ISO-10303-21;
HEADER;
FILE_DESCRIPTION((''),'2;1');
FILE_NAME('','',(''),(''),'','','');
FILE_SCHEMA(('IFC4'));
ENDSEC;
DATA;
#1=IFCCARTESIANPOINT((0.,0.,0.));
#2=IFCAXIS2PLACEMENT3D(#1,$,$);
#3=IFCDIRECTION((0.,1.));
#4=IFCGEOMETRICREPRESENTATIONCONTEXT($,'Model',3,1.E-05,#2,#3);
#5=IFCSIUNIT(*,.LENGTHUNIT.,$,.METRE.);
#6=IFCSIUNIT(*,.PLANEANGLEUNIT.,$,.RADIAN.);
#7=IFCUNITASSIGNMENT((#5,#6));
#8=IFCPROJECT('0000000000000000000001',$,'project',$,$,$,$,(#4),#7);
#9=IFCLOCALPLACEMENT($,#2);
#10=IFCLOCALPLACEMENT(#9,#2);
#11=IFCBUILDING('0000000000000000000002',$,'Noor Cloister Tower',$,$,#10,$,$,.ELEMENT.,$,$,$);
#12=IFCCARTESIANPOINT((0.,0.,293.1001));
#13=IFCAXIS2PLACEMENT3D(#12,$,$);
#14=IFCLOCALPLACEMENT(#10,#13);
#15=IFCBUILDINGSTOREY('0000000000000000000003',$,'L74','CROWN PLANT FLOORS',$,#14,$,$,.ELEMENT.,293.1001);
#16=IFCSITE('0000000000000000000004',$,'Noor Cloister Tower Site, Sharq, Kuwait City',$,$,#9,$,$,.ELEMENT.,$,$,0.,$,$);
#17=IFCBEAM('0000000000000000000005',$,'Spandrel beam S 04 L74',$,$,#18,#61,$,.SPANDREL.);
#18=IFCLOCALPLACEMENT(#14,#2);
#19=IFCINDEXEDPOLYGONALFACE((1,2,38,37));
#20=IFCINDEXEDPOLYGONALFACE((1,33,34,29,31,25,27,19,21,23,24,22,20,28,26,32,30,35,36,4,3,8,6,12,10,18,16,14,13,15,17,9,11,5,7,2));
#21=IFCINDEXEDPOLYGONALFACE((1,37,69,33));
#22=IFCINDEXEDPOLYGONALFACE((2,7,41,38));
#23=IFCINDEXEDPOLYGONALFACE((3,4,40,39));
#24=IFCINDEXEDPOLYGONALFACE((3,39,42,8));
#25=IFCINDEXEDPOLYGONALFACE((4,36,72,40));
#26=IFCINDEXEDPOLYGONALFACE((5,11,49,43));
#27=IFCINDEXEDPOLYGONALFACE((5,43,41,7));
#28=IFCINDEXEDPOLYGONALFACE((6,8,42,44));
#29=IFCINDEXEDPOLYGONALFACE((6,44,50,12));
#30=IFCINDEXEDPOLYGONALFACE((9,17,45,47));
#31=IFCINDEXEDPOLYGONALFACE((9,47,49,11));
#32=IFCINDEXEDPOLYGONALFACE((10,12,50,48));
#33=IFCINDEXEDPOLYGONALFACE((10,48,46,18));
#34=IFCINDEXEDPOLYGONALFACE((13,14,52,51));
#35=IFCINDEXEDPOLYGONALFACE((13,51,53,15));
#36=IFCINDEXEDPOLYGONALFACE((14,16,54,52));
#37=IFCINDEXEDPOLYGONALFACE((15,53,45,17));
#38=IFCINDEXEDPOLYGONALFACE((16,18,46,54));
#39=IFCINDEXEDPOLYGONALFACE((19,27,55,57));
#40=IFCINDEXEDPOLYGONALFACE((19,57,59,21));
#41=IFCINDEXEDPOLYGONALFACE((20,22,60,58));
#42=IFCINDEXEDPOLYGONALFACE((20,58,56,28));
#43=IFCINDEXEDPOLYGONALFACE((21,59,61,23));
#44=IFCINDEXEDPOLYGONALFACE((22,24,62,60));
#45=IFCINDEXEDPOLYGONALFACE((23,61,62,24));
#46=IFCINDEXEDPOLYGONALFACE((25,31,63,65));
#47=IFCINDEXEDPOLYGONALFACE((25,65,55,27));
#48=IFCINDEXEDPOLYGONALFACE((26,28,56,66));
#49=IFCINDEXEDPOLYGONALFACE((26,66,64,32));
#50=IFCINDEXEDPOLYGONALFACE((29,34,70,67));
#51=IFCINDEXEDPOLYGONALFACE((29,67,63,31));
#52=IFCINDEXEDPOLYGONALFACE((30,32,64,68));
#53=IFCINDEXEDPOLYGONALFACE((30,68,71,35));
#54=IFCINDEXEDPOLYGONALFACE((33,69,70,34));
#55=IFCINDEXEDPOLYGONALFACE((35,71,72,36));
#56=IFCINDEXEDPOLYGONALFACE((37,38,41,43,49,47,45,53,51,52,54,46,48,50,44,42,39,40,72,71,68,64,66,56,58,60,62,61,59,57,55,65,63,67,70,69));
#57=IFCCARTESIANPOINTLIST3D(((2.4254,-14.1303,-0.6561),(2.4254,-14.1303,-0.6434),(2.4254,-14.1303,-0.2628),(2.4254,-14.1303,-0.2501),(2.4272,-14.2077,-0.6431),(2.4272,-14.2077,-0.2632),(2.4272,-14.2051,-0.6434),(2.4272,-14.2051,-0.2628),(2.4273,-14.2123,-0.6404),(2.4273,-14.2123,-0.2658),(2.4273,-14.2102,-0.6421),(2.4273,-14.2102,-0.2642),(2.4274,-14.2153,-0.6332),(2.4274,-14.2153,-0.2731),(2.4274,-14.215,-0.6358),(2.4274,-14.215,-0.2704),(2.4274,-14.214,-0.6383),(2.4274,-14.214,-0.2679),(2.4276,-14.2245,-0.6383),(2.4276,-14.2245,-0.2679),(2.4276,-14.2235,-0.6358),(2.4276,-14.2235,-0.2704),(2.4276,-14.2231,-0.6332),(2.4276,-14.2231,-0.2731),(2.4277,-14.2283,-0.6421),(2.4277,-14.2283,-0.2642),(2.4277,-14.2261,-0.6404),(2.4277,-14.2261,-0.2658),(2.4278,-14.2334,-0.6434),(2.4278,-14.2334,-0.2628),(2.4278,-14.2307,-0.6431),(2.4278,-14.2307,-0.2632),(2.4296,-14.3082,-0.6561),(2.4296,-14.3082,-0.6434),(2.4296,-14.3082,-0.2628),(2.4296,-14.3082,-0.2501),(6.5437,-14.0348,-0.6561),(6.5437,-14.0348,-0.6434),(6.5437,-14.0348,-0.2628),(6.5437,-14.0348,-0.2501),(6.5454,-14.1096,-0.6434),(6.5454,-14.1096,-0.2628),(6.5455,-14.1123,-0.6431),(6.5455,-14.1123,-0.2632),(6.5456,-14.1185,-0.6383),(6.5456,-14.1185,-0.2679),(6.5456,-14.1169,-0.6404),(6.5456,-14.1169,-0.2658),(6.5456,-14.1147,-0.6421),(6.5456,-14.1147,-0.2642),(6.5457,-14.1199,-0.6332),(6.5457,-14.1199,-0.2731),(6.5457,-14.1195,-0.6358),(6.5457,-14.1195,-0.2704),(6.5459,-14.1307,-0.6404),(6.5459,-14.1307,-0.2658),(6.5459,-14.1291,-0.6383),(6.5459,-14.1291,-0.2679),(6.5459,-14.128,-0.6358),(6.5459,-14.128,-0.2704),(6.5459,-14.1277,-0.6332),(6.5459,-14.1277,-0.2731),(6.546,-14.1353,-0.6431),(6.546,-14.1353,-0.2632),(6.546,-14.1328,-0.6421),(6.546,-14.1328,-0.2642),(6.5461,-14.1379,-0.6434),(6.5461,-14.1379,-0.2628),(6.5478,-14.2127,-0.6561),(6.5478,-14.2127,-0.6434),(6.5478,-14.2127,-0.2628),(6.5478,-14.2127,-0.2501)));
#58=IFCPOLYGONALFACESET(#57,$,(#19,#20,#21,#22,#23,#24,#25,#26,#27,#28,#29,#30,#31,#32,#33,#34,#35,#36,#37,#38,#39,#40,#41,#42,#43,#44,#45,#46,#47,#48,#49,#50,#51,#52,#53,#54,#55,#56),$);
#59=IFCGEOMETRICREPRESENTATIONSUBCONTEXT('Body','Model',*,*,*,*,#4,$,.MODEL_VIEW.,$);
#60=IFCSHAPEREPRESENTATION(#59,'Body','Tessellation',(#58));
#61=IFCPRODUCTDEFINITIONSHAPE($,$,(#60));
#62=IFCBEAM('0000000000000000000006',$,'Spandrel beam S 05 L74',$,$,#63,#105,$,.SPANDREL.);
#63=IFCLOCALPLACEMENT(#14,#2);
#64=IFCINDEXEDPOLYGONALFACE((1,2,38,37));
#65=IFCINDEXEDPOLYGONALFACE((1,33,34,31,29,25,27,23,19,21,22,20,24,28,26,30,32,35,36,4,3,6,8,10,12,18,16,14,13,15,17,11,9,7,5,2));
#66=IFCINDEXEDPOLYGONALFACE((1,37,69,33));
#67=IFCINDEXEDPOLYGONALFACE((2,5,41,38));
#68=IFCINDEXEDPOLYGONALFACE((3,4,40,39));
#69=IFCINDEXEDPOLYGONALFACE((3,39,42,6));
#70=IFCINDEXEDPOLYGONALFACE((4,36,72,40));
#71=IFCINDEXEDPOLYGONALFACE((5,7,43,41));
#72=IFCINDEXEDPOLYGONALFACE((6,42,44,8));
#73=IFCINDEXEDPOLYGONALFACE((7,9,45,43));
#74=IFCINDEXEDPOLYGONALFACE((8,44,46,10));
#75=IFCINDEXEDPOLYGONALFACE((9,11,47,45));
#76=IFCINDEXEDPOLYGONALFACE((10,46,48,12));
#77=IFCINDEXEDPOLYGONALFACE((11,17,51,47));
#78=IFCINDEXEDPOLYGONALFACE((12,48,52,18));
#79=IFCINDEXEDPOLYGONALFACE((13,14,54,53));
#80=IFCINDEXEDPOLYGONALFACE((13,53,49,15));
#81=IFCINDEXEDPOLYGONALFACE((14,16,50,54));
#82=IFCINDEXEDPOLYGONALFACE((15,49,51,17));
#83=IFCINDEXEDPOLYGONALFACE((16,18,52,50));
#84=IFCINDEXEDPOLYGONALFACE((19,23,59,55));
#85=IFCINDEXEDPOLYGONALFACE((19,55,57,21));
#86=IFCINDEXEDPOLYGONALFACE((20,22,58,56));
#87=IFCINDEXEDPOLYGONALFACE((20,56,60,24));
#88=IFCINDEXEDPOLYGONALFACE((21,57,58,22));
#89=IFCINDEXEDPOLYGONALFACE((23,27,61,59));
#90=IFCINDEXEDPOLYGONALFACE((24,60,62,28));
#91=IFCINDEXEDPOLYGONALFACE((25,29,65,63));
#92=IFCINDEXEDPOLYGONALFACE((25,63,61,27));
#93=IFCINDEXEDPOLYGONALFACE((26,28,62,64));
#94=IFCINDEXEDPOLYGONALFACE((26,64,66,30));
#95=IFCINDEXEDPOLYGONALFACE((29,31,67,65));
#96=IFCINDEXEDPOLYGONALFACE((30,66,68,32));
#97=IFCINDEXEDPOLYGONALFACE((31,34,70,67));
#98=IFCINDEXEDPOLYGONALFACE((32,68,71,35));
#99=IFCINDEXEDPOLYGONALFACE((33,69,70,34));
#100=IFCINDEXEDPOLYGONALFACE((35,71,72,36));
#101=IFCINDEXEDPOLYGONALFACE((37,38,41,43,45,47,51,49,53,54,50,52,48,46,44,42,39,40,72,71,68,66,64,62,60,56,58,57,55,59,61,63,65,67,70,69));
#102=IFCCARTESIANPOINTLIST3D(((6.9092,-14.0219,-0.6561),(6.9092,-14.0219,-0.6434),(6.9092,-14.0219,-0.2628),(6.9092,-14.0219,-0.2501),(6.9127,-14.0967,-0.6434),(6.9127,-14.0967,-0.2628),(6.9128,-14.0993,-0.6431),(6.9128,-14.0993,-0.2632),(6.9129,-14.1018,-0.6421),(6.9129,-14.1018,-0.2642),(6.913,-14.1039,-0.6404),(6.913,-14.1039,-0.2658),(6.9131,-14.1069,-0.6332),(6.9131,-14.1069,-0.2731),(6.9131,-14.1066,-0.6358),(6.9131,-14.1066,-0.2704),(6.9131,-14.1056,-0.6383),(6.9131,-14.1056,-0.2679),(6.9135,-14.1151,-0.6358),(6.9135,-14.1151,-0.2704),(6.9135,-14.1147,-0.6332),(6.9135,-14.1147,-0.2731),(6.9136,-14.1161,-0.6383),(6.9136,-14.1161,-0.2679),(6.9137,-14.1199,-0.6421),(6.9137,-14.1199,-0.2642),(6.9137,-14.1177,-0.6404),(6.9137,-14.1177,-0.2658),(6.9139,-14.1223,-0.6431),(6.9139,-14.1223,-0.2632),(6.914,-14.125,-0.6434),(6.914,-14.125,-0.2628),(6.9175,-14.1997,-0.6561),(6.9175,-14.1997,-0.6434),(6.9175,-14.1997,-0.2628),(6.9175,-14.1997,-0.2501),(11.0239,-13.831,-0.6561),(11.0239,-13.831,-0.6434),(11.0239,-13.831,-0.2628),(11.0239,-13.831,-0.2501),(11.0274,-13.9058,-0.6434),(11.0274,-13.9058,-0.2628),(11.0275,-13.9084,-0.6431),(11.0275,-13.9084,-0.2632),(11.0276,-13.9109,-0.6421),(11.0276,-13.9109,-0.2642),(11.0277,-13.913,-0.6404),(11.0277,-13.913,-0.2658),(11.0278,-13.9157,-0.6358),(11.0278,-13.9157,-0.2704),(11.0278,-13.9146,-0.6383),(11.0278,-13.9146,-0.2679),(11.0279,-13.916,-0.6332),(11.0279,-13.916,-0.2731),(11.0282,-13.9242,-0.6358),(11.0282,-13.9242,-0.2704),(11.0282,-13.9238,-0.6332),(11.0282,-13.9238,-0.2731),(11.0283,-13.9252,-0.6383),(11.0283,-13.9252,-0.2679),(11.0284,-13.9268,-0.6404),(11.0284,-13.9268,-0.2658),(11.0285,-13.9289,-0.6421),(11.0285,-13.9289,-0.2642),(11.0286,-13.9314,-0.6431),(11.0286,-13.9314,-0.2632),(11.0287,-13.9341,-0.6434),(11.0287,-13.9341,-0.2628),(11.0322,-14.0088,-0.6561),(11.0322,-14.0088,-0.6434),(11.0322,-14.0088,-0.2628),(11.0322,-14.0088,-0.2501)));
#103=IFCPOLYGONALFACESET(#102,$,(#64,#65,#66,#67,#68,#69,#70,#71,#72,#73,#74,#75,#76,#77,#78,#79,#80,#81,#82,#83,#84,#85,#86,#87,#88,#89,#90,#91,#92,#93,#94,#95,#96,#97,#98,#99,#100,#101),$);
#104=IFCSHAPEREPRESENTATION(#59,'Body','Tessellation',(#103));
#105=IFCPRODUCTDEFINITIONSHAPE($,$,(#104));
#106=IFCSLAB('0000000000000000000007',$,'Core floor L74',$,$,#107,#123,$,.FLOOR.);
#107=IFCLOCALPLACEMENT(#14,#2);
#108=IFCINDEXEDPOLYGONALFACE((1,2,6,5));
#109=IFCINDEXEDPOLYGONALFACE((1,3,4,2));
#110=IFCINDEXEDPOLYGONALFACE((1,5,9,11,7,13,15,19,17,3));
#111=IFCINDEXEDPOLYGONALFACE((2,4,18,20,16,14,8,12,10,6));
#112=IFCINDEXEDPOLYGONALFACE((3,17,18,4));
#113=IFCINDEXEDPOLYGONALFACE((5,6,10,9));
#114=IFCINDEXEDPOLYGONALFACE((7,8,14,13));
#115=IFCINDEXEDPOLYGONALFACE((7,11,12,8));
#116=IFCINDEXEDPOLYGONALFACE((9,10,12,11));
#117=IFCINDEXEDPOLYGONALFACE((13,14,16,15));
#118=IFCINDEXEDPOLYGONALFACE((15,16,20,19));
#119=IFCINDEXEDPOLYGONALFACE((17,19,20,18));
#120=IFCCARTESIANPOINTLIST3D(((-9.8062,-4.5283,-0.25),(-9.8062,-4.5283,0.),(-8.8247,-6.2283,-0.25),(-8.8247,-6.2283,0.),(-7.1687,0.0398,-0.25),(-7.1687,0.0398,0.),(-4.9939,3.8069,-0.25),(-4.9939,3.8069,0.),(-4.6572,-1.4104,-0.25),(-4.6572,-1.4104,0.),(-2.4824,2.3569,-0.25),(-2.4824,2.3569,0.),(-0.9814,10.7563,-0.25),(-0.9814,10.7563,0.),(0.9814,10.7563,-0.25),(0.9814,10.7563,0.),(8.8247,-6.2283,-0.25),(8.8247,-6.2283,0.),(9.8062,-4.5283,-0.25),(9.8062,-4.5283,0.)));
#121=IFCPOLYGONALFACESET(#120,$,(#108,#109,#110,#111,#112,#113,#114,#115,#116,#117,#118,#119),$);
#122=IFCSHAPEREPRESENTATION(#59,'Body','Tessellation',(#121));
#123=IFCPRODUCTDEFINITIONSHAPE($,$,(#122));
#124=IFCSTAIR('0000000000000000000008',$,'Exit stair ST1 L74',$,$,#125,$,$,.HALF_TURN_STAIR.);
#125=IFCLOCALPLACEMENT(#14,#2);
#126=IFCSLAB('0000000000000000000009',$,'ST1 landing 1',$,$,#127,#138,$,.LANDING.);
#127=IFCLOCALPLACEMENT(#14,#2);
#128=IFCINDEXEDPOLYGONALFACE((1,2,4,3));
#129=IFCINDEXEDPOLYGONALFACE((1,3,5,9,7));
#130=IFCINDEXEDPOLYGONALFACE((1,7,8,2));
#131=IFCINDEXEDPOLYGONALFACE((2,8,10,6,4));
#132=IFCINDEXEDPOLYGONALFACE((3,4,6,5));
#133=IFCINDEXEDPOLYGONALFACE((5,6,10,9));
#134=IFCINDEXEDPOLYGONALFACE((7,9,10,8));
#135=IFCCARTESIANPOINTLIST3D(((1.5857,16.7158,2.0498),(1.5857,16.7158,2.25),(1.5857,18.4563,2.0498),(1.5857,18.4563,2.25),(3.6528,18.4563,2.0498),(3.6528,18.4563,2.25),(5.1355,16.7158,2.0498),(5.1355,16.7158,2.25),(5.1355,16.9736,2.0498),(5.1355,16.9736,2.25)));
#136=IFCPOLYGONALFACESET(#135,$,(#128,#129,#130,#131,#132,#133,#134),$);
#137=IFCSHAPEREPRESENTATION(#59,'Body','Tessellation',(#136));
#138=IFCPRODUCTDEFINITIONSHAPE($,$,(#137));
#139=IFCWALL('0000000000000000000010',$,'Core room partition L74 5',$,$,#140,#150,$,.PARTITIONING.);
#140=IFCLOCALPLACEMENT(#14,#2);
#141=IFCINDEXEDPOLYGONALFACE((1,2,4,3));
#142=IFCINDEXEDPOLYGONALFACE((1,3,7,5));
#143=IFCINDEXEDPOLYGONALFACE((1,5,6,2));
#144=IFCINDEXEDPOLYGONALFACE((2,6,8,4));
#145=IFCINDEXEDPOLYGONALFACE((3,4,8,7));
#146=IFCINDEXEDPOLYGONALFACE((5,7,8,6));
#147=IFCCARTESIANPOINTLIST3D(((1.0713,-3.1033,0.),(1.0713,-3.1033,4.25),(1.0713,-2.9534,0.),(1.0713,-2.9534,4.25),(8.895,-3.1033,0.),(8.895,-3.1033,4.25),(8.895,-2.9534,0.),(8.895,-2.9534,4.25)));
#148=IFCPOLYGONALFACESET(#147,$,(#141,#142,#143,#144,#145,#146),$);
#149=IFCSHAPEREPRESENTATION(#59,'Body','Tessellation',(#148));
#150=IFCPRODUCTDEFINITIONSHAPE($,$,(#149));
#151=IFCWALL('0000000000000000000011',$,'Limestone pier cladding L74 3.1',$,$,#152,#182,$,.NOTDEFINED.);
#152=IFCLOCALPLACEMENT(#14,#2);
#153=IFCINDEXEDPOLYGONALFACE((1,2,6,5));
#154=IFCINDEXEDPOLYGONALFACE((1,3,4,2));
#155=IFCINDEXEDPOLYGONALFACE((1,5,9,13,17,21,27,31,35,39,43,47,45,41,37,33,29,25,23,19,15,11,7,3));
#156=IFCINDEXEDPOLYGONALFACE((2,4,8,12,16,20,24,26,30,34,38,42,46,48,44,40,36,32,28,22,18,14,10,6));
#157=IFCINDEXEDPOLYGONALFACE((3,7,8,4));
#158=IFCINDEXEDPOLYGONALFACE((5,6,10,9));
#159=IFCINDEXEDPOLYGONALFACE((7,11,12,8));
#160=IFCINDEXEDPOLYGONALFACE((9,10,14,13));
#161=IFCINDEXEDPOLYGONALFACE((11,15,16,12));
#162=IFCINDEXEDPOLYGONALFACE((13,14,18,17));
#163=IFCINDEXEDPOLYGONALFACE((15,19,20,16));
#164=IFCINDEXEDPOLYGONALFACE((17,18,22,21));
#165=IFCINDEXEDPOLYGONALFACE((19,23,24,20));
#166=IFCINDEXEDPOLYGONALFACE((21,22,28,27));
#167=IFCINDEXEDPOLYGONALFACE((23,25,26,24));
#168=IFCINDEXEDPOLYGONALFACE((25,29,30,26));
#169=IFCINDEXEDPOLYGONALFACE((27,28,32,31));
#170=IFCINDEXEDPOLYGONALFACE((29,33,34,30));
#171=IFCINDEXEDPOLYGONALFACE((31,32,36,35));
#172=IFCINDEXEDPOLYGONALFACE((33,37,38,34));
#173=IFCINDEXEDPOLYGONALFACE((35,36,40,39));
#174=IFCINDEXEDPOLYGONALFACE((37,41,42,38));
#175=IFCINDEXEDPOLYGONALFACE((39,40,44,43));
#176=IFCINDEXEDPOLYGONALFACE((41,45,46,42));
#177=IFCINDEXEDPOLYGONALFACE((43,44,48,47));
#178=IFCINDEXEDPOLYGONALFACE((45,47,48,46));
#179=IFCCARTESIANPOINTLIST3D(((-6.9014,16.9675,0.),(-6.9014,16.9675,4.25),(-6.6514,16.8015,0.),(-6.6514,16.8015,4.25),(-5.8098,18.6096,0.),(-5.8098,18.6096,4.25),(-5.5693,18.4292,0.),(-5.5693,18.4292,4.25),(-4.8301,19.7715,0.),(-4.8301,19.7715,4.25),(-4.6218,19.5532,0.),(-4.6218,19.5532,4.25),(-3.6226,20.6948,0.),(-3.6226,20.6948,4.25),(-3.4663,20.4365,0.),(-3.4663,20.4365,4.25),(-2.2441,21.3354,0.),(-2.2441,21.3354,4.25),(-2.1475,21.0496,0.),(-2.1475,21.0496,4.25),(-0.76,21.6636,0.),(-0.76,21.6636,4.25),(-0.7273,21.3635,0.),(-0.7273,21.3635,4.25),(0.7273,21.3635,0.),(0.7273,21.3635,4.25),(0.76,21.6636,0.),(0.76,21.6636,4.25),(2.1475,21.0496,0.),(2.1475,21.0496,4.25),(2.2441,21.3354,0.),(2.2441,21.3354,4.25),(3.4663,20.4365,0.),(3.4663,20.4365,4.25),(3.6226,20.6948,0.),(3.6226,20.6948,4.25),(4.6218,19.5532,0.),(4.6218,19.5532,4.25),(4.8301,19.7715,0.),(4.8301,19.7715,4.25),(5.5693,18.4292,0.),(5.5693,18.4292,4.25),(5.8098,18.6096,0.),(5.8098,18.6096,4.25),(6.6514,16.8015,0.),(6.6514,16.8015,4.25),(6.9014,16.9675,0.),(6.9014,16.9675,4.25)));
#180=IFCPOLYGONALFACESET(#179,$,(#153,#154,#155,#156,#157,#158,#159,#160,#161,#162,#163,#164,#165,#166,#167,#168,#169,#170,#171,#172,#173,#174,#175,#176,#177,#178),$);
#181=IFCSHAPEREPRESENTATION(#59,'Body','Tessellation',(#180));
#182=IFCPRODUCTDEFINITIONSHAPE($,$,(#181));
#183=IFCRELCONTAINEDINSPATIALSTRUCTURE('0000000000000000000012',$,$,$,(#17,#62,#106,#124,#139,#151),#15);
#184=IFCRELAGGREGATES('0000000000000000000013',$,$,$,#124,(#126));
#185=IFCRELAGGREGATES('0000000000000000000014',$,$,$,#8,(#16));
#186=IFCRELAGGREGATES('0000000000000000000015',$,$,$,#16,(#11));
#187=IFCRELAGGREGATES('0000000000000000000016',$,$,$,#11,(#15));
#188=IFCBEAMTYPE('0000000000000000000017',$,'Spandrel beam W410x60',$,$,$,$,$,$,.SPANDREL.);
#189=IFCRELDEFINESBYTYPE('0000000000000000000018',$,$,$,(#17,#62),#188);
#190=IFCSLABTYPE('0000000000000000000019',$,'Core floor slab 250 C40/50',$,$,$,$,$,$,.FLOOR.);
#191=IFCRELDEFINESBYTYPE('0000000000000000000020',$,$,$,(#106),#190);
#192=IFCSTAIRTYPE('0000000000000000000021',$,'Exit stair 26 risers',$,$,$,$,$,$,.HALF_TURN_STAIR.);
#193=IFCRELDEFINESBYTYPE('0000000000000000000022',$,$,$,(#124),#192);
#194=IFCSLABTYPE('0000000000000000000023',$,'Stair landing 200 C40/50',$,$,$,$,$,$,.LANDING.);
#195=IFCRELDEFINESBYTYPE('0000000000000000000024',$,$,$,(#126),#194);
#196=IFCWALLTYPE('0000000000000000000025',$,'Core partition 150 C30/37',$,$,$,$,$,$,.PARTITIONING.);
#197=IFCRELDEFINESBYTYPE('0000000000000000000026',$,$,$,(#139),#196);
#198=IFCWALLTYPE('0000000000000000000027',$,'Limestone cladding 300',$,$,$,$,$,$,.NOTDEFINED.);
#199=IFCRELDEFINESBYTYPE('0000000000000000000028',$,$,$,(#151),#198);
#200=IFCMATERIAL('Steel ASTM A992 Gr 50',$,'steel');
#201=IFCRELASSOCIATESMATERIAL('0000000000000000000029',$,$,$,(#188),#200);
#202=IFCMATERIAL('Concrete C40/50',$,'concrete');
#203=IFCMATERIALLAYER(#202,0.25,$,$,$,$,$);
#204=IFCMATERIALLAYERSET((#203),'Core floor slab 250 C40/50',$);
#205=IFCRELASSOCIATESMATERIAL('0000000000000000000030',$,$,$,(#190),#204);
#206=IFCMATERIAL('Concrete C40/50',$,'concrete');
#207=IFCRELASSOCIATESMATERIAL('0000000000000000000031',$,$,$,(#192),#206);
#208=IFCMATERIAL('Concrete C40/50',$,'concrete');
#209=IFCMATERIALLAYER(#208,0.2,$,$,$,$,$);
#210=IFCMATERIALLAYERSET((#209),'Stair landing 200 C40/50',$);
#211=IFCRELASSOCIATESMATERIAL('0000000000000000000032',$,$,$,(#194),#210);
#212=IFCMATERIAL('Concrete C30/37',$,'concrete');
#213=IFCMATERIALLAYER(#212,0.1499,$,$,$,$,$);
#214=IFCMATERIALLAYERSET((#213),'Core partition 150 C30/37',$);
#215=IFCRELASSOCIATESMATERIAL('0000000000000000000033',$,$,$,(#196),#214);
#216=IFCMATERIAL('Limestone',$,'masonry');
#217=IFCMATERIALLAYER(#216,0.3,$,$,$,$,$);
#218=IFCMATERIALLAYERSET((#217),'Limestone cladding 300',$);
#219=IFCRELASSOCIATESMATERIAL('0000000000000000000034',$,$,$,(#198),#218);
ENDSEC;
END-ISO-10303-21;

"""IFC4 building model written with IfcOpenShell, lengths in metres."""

from ifc_helpers import new_model, si_unit, direction, frame, frame_2d, origin, origin_2d, place, context, subcontext, project, spatial, polyline, rectangle, i_section, outline, extrude, material, layer, layer_set, material_profile, profile_set, type_object, element, aggregate, save


model = new_model("IFC4")

# Units and contexts
model_context = context("Model", 3, precision=1e-05, world=origin(), true_north=direction((0.0, 1.0)))
body_context = subcontext(model_context, "Body", "Model", "MODEL_VIEW")
ifc_project = project(units=[si_unit("LENGTHUNIT", "METRE"), si_unit("PLANEANGLEUNIT", "RADIAN")], contexts=[model_context])

# Site, building, storey
site_placement = place(None, origin())
site = spatial("IfcSite", under=ifc_project, at=site_placement, Name="Noor Cloister Tower Site, Sharq, Kuwait City", CompositionType="ELEMENT", RefElevation=0.0)
building_placement = place(site_placement, origin())
building = spatial("IfcBuilding", under=site, at=building_placement, Name="Noor Cloister Tower", CompositionType="ELEMENT")
storey_placement = place(building_placement, frame((0.0, 0.0, 293.1001)))
storey = spatial("IfcBuildingStorey", under=building, at=storey_placement, Name="L74", Description="CROWN PLANT FLOORS", CompositionType="ELEMENT", Elevation=293.1001)

# Beams
ifc_material_1 = material(Name="Steel ASTM A992 Gr 50", Category="steel")
ifc_material_profile_1 = material_profile(ifc_material_1, i_section(OverallWidth=0.178, OverallDepth=0.406, WebThickness=0.0078, FlangeThickness=0.0127, FilletRadius=0.0103, at=origin_2d()), Name="W410x60")
ifc_profile_set_1 = profile_set([ifc_material_profile_1], Name="Steel ASTM A992 Gr 50")
beam_type_1 = type_object("IfcBeamType", Name="Spandrel beam W410x60", PredefinedType="SPANDREL", material=ifc_profile_set_1)
beam_1_placement = place(storey_placement, frame((2.4275, -14.2192, -0.4531), z_axis=(0.999731, 0.023174, 0.0), x_axis=(-0.023174, 0.999731, 0.0)))
element("IfcBeam", 1, at=beam_1_placement, inside=storey, type_object=beam_type_1, Name="Spandrel beam S 04 L74", PredefinedType="SPANDREL", context=body_context, shape_type="SweptSolid", body=[
    extrude(i_section(OverallWidth=0.178, OverallDepth=0.406, WebThickness=0.0078, FlangeThickness=0.0127, FilletRadius=0.0103, at=origin_2d()), origin(), (0.0, 0.0, 1.0), 4.1194),
])
beam_2_placement = place(storey_placement, frame((6.9133, -14.1108, -0.4531), z_axis=(0.998925, 0.046349, 0.0), x_axis=(-0.046349, 0.998925, 0.0)))
element("IfcBeam", 2, at=beam_2_placement, inside=storey, type_object=beam_type_1, Name="Spandrel beam S 05 L74", PredefinedType="SPANDREL", context=body_context, shape_type="SweptSolid", body=[
    extrude(i_section(OverallWidth=0.178, OverallDepth=0.406, WebThickness=0.0078, FlangeThickness=0.0127, FilletRadius=0.0103, at=origin_2d()), origin(), (0.0, 0.0, 1.0), 4.1191),
])

# Slab
ifc_material_2 = material(Name="Concrete C40/50", Category="concrete")
ifc_layer_1 = layer(ifc_material_2, 0.25)
ifc_layer_set_1 = layer_set([ifc_layer_1], Name="Core floor slab 250 C40/50")
slab_type_1 = type_object("IfcSlabType", Name="Core floor slab 250 C40/50", PredefinedType="FLOOR", material=ifc_layer_set_1)
slab_1_placement = place(storey_placement, frame((0.0, 0.0, -0.25)))
element("IfcSlab", 3, at=slab_1_placement, inside=storey, type_object=slab_type_1, Name="Core floor L74", PredefinedType="FLOOR", context=body_context, shape_type="SweptSolid", body=[
    extrude(outline(polyline([(-4.9939, 3.8069), (-2.4824, 2.3569), (-4.6572, -1.4104), (-7.1687, 0.0398), (-9.8062, -4.5283), (-8.8247, -6.2283), (8.8247, -6.2283), (9.8062, -4.5283), (0.9814, 10.7563), (-0.9814, 10.7563), (-4.9939, 3.8069)])), origin(), (0.0, 0.0, 1.0), 0.25),
])

# Stair, slab
ifc_material_3 = material(Name="Concrete C40/50", Category="concrete")
stair_type = type_object("IfcStairType", Name="Exit stair 26 risers", PredefinedType="HALF_TURN_STAIR", material=ifc_material_3)
stair_placement = place(storey_placement, origin())
stair = element("IfcStair", 4, at=stair_placement, inside=storey, type_object=stair_type, Name="Exit stair ST1 L74", PredefinedType="HALF_TURN_STAIR")
ifc_material_4 = material(Name="Concrete C40/50", Category="concrete")
ifc_layer_2 = layer(ifc_material_4, 0.2)
ifc_layer_set_2 = layer_set([ifc_layer_2], Name="Stair landing 200 C40/50")
slab_type_2 = type_object("IfcSlabType", Name="Stair landing 200 C40/50", PredefinedType="LANDING", material=ifc_layer_set_2)
slab_2_placement = place(storey_placement, frame((0.0, 0.0, 2.0498)))
slab_2 = element("IfcSlab", 5, at=slab_2_placement, type_object=slab_type_2, Name="ST1 landing 1", PredefinedType="LANDING", context=body_context, shape_type="SweptSolid", body=[
    extrude(outline(polyline([(5.1355, 16.7158), (5.1355, 16.9736), (3.6528, 18.4563), (1.5857, 18.4563), (1.5857, 16.7158), (5.1355, 16.7158)])), origin(), (0.0, 0.0, 1.0), 0.2002),
])
aggregate(stair, [slab_2])

# Walls
ifc_material_5 = material(Name="Concrete C30/37", Category="concrete")
ifc_layer_3 = layer(ifc_material_5, 0.1499)
ifc_layer_set_3 = layer_set([ifc_layer_3], Name="Core partition 150 C30/37")
wall_type_1 = type_object("IfcWallType", Name="Core partition 150 C30/37", PredefinedType="PARTITIONING", material=ifc_layer_set_3)
wall_1_placement = place(storey_placement, frame((1.0713, -3.0283, 0.0), z_axis=(0.0, 0.0, 1.0), x_axis=(1.0, 0.0, 0.0)))
element("IfcWall", 6, at=wall_1_placement, inside=storey, type_object=wall_type_1, Name="Core room partition L74 5", PredefinedType="PARTITIONING", context=body_context, shape_type="SweptSolid", body=[
    extrude(rectangle(XDim=7.8237, YDim=0.1499, at=frame_2d((3.9119, 0.0))), origin(), (0.0, 0.0, 1.0), 4.25),
])
ifc_material_6 = material(Name="Limestone", Category="masonry")
ifc_layer_4 = layer(ifc_material_6, 0.3)
ifc_layer_set_4 = layer_set([ifc_layer_4], Name="Limestone cladding 300")
wall_type_2 = type_object("IfcWallType", Name="Limestone cladding 300", PredefinedType="NOTDEFINED", material=ifc_layer_set_4)
wall_2_placement = place(storey_placement, origin())
element("IfcWall", 7, at=wall_2_placement, inside=storey, type_object=wall_type_2, Name="Limestone pier cladding L74 3.1", PredefinedType="NOTDEFINED", context=body_context, shape_type="SweptSolid", body=[
    extrude(outline(polyline([(6.9014, 16.9675), (5.8098, 18.6096), (4.8301, 19.7715), (3.6226, 20.6948), (2.2441, 21.3354), (0.76, 21.6636), (-0.76, 21.6636), (-2.2441, 21.3354), (-3.6226, 20.6948), (-4.8301, 19.7715), (-5.8098, 18.6096), (-6.9014, 16.9675), (-6.6514, 16.8015), (-5.5693, 18.4292), (-4.6218, 19.5532), (-3.4663, 20.4365), (-2.1475, 21.0496), (-0.7273, 21.3635), (0.7273, 21.3635), (2.1475, 21.0496), (3.4663, 20.4365), (4.6218, 19.5532), (5.5693, 18.4292), (6.6514, 16.8015), (6.9014, 16.9675)])), origin(), (0.0, 0.0, 1.0), 4.25),
])

save(model, "model.ifc")
